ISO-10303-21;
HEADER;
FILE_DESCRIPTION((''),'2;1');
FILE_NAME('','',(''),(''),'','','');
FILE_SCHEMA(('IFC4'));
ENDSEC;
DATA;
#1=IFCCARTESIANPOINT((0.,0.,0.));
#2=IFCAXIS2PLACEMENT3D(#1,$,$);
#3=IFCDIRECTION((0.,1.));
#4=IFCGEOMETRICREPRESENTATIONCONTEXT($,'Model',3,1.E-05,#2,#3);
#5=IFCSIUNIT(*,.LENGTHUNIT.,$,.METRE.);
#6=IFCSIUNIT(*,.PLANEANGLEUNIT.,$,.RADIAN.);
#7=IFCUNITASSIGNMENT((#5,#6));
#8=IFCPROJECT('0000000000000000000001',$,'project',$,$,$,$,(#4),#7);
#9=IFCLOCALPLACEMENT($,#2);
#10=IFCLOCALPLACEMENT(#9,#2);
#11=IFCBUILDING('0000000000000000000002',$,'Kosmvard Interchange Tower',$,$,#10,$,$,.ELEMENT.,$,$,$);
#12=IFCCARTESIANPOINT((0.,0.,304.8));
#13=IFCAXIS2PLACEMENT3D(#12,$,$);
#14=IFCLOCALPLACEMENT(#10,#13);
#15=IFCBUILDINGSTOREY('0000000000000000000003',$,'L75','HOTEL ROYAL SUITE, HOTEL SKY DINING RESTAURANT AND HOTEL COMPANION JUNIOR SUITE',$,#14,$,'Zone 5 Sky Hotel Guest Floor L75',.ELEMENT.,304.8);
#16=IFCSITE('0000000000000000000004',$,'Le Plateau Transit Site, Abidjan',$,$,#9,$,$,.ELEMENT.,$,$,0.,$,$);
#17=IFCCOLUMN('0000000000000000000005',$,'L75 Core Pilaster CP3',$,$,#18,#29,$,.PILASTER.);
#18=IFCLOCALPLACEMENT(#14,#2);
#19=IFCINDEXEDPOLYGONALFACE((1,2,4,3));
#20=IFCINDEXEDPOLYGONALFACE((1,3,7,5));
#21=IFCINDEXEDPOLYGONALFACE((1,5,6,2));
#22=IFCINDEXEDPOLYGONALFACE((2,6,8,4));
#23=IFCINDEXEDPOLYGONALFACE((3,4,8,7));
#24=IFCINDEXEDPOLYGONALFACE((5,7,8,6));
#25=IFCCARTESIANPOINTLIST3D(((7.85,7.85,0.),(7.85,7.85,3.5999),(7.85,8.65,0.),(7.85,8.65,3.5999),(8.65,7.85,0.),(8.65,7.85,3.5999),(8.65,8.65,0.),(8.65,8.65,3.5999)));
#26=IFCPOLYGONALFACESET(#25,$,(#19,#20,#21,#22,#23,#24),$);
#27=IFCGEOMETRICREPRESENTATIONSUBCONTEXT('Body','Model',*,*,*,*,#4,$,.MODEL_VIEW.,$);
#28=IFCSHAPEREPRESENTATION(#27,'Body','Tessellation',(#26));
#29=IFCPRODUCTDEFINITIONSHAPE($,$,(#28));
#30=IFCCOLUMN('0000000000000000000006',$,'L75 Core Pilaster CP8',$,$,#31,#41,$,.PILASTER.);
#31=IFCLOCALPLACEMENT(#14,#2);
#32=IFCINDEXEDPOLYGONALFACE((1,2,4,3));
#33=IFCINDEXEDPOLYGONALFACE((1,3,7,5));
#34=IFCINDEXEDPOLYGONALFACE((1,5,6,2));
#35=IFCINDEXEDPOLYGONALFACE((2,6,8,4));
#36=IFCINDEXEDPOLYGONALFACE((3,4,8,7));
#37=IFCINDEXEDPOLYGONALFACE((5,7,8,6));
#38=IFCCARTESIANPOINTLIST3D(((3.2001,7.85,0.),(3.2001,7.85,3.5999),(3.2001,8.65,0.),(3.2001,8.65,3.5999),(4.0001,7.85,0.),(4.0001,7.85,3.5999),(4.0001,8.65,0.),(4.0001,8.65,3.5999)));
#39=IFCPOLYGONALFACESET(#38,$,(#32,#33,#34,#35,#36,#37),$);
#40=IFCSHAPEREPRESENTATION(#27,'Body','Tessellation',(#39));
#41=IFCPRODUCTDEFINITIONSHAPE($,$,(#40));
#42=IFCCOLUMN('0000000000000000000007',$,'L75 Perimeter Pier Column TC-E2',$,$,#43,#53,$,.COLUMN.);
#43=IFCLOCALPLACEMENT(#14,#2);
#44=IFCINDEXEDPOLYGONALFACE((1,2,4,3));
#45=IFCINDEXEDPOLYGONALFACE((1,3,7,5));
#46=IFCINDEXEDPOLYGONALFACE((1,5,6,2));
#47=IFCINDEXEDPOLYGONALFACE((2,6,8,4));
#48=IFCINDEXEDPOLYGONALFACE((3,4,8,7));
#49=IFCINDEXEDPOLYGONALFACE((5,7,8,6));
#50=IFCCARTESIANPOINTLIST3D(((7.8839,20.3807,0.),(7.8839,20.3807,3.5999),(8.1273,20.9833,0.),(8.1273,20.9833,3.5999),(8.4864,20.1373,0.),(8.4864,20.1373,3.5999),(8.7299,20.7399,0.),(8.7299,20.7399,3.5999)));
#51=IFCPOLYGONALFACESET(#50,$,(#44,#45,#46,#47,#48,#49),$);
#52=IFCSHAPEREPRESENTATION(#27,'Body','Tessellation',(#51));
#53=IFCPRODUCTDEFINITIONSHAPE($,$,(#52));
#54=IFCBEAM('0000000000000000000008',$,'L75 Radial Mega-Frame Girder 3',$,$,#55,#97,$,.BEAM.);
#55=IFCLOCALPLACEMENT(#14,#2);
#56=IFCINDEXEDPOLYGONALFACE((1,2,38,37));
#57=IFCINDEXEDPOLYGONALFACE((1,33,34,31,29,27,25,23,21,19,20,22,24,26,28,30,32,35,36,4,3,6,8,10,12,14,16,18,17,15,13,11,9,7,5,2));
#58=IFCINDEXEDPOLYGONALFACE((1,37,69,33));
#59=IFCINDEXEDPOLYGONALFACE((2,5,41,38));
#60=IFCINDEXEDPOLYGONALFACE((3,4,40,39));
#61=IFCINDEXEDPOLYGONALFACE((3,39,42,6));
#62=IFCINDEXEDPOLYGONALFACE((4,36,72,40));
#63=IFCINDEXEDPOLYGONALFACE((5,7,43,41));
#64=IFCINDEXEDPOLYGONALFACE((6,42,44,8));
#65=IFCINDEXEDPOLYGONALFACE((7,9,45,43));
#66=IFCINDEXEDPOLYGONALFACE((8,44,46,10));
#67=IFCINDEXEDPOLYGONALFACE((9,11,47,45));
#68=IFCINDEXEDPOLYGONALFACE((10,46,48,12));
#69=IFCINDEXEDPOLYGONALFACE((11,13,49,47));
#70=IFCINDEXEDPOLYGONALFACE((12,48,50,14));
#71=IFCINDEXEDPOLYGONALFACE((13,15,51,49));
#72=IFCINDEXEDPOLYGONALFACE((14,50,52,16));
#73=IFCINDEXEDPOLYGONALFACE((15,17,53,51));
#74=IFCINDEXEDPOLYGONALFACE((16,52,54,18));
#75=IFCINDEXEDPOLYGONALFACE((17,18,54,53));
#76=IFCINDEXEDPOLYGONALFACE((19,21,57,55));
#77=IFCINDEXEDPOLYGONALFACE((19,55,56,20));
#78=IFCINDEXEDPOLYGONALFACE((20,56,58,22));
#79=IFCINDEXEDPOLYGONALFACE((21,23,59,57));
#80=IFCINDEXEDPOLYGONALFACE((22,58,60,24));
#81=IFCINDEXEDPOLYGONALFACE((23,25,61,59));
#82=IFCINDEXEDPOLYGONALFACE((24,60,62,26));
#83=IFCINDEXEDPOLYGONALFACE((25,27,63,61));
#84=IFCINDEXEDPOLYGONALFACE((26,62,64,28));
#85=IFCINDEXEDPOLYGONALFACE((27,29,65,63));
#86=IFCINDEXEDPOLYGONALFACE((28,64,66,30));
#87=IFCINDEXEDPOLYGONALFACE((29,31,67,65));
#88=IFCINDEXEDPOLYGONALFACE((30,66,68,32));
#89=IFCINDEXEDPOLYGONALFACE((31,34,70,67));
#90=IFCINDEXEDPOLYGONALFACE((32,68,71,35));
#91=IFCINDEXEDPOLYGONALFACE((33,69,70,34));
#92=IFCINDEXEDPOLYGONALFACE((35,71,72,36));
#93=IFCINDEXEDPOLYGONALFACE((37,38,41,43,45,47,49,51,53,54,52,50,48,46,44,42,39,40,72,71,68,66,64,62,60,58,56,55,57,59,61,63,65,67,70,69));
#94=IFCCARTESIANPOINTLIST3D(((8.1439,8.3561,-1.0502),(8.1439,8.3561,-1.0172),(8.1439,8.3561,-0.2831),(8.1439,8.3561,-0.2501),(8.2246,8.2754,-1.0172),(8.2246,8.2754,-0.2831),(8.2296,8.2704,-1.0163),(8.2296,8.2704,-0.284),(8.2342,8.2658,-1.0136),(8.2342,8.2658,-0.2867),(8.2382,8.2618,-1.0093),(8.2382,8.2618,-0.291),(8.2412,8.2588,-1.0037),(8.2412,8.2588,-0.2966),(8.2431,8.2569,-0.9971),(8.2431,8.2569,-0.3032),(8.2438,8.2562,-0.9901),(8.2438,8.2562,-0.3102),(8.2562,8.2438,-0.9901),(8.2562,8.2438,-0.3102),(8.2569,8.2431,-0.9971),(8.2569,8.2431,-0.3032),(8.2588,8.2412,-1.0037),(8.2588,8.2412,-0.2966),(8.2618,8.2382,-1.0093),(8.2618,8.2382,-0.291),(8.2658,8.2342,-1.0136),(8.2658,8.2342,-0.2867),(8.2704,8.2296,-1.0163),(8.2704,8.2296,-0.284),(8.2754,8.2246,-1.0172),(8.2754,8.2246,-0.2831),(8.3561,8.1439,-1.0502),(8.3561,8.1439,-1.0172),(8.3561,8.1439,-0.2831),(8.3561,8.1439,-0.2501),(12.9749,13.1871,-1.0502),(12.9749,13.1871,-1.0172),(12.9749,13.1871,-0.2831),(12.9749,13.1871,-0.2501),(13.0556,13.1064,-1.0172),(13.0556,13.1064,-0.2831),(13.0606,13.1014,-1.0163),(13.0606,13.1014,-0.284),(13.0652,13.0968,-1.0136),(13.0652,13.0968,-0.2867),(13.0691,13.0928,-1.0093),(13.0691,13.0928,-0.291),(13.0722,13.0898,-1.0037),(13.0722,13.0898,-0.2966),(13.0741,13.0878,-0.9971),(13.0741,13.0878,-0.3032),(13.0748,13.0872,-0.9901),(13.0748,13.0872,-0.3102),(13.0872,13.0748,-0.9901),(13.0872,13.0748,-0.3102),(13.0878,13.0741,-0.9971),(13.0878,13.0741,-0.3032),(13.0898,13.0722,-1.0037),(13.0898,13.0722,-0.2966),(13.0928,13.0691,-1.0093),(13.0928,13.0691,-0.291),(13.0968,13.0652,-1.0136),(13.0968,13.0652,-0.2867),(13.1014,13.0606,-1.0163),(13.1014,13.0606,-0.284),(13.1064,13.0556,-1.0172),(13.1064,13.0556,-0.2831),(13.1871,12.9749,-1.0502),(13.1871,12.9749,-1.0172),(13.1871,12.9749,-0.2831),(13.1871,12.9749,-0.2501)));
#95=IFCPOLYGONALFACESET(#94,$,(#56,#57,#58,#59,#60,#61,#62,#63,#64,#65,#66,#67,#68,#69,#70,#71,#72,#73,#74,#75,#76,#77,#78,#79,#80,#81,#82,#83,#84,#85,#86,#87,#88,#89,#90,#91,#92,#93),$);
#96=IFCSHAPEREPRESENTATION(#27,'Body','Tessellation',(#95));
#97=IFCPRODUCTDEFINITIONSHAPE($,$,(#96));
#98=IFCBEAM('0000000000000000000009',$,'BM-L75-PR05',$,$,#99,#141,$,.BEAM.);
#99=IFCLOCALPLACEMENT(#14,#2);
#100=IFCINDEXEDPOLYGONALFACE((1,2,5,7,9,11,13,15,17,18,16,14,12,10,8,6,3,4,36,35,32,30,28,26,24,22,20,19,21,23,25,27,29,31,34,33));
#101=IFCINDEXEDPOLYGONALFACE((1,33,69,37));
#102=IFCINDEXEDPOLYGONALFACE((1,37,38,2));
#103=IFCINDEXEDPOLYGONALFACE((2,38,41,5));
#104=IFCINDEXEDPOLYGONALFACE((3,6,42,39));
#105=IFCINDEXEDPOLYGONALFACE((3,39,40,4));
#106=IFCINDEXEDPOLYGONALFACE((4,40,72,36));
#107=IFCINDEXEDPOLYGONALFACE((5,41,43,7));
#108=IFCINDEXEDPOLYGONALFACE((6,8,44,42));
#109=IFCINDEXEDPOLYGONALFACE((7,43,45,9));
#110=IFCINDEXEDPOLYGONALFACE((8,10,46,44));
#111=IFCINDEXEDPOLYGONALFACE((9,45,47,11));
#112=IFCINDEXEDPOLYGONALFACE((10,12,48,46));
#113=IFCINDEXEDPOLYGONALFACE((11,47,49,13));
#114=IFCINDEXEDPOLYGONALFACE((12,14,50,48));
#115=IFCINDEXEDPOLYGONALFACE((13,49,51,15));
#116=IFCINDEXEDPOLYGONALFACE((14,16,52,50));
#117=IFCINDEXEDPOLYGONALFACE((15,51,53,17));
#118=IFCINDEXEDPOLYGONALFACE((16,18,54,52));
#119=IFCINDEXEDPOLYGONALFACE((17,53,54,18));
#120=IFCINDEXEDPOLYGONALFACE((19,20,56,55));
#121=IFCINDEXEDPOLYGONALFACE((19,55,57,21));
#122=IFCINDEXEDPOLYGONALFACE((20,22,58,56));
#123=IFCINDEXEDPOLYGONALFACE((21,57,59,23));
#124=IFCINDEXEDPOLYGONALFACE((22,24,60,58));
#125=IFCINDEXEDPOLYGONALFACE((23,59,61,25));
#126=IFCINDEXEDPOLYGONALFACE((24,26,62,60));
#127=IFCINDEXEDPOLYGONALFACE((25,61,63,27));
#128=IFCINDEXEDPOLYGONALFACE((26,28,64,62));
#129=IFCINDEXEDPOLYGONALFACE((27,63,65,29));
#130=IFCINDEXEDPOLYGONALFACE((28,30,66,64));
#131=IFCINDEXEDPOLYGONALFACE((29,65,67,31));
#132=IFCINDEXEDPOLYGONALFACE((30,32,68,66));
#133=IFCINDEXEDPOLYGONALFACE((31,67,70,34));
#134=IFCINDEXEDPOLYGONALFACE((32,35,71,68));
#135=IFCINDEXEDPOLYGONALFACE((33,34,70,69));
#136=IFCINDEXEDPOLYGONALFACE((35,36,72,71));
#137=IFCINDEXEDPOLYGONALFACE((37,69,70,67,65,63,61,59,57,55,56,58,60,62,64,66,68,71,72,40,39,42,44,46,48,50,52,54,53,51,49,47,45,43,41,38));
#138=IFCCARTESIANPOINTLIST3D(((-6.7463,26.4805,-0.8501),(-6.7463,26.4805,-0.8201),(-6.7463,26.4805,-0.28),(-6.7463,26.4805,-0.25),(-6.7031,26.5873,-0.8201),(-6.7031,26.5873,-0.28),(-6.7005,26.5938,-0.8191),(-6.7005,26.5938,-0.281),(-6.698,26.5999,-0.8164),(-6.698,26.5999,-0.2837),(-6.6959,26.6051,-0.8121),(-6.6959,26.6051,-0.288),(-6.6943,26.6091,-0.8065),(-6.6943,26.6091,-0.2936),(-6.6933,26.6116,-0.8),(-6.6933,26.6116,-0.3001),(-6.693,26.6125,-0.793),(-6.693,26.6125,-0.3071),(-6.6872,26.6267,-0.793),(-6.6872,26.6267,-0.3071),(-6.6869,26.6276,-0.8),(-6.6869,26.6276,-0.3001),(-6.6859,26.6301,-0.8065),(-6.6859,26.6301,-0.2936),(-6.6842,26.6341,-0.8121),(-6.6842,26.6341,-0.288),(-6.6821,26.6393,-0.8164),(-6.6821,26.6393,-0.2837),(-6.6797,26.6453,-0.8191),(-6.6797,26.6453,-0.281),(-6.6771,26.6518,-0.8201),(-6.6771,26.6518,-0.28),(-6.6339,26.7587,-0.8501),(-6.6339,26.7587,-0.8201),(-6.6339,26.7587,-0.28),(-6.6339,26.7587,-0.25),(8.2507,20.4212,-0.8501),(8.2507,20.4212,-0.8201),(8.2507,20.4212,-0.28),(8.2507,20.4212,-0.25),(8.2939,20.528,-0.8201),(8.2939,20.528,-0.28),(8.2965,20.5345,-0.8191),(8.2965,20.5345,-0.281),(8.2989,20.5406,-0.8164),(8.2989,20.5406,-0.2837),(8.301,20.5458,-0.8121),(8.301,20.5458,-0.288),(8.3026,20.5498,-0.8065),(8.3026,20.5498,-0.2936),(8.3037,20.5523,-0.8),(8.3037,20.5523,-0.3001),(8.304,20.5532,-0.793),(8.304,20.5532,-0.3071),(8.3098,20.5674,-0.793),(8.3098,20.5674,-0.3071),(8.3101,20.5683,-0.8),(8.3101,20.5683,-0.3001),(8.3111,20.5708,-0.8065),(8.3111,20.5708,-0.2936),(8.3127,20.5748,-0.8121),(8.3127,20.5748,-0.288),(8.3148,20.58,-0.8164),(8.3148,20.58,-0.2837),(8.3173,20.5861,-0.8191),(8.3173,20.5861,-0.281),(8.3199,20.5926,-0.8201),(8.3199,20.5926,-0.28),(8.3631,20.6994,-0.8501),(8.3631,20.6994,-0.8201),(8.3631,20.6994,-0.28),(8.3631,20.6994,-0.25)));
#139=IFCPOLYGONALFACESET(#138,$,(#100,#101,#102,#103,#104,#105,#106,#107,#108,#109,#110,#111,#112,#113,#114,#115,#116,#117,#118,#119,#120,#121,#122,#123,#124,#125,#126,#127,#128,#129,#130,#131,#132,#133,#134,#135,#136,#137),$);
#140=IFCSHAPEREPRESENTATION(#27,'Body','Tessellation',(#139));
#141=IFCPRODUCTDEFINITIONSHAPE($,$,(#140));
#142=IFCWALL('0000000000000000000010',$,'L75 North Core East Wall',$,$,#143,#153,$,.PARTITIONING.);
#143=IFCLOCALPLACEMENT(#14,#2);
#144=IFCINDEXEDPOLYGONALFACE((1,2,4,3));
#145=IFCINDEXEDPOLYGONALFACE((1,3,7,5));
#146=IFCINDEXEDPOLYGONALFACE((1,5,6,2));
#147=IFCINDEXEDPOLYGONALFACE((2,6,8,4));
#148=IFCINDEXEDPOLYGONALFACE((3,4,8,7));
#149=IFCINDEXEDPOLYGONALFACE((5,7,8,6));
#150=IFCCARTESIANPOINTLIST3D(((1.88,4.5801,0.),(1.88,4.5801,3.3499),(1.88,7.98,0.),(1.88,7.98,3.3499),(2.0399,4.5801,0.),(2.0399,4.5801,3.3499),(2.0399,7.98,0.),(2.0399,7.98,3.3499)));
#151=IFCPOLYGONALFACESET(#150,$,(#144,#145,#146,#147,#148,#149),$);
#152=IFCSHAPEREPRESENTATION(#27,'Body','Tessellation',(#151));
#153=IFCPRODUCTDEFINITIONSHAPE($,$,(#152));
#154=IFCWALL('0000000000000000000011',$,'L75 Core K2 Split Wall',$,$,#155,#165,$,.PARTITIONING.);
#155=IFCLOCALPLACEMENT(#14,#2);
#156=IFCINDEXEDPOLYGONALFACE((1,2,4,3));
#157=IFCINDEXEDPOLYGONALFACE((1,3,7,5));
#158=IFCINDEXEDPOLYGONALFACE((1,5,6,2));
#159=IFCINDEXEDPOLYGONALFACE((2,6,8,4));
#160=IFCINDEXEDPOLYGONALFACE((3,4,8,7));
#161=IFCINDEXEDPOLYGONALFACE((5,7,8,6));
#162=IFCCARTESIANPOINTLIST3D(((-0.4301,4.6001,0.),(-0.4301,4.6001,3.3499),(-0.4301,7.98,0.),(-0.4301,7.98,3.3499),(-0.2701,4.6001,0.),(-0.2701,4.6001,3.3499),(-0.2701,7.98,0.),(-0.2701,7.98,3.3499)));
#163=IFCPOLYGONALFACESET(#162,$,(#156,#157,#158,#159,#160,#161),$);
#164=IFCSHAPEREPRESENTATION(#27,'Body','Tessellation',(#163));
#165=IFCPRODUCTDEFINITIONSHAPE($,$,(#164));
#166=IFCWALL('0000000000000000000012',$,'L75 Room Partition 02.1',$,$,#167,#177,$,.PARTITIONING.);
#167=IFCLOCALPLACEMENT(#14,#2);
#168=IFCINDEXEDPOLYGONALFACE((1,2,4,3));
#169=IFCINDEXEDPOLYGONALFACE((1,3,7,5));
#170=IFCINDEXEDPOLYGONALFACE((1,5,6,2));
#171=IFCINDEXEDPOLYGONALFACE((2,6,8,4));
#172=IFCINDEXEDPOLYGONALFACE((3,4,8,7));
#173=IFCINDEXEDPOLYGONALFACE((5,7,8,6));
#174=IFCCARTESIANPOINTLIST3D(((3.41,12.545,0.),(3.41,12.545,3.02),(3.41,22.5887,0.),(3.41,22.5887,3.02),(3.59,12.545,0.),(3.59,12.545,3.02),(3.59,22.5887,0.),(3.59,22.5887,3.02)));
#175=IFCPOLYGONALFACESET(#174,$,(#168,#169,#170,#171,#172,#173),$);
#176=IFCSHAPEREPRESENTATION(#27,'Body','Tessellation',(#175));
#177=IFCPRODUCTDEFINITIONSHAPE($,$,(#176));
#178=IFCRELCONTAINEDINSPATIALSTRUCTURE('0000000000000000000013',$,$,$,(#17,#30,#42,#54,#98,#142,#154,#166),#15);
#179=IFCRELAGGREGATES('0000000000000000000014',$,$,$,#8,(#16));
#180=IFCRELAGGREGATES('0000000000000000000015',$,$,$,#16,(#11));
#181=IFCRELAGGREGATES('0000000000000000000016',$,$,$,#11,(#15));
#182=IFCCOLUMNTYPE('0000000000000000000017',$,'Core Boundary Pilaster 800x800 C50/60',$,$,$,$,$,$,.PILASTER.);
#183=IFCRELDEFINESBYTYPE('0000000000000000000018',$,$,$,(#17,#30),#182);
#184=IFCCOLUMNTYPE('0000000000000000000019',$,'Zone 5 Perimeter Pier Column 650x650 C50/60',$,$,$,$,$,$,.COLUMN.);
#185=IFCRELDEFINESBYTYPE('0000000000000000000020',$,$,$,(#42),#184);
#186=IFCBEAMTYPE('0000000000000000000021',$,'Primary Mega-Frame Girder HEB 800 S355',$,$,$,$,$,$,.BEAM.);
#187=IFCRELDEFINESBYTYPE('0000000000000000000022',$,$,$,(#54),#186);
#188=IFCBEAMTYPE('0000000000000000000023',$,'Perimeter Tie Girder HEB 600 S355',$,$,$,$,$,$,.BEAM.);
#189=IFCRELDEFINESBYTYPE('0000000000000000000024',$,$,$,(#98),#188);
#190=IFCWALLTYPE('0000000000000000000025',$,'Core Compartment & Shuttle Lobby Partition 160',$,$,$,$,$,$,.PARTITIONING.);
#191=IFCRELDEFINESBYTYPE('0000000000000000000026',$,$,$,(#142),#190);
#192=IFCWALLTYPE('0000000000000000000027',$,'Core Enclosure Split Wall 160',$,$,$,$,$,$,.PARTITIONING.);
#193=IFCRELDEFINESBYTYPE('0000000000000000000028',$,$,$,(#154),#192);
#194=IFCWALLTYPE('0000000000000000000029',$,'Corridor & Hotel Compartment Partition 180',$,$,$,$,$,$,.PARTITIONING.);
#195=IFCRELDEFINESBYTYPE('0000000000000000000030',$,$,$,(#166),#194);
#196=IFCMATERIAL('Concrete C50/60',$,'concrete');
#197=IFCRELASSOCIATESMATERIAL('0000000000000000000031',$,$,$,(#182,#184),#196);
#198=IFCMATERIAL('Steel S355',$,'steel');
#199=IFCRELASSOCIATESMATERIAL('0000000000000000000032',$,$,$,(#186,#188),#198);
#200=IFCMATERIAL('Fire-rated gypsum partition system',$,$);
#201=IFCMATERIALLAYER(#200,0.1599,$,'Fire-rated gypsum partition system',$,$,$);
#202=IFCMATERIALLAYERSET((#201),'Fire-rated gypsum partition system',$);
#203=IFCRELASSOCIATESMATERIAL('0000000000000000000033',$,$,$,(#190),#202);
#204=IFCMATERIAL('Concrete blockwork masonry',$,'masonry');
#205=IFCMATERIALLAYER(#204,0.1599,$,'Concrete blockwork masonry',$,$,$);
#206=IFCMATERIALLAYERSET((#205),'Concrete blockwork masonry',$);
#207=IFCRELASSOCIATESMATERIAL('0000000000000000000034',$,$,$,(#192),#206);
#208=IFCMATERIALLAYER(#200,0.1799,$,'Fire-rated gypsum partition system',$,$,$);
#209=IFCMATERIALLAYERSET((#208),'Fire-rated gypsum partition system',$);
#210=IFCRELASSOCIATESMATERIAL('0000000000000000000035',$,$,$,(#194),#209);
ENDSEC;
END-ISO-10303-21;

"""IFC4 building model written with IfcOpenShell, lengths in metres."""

from ifc_helpers import new_model, si_unit, direction, frame, frame_2d, origin, origin_2d, place, context, subcontext, project, spatial, rectangle, i_section, extrude, source, transform, mapped, material, layer, layer_set, material_profile, profile_set, type_object, element, save


model = new_model("IFC4")

# Units and contexts
model_context = context("Model", 3, precision=1e-05, world=origin(), true_north=direction((0.0, 1.0)))
body_context = subcontext(model_context, "Body", "Model", "MODEL_VIEW")
ifc_project = project(units=[si_unit("LENGTHUNIT", "METRE"), si_unit("PLANEANGLEUNIT", "RADIAN")], contexts=[model_context])

# Site, building, storey
site_placement = place(None, origin())
site = spatial("IfcSite", under=ifc_project, at=site_placement, Name="Le Plateau Transit Site, Abidjan", CompositionType="ELEMENT", RefElevation=0.0)
building_placement = place(site_placement, origin())
building = spatial("IfcBuilding", under=site, at=building_placement, Name="Kosmvard Interchange Tower", CompositionType="ELEMENT")
storey_placement = place(building_placement, frame((0.0, 0.0, 304.8)))
storey = spatial("IfcBuildingStorey", under=building, at=storey_placement, Name="L75", Description="HOTEL ROYAL SUITE, HOTEL SKY DINING RESTAURANT AND HOTEL COMPANION JUNIOR SUITE", LongName="Zone 5 Sky Hotel Guest Floor L75", CompositionType="ELEMENT", Elevation=304.8)

# Columns
ifc_material_1 = material(Name="Concrete C50/60", Category="concrete")
ifc_material_profile_1 = material_profile(ifc_material_1, rectangle(XDim=0.8, YDim=0.8, at=origin_2d()), Name="CP 800x800")
ifc_profile_set_1 = profile_set([ifc_material_profile_1], Name="Concrete C50/60")
column_type_1 = type_object("IfcColumnType", Name="Core Boundary Pilaster 800x800 C50/60", PredefinedType="PILASTER", material=ifc_profile_set_1)
shared_shape_1 = source(origin(), body_context, "Body", "SweptSolid", [
    extrude(rectangle(XDim=0.8, YDim=0.8, at=origin_2d()), origin(), (0.0, 0.0, 1.0), 3.5999),
])
for number, where, z_axis, x_axis, name in (
    (1, (8.25, 8.25, 0.0), (0.0, 0.0, 1.0), (1.0, 0.0, 0.0), "L75 Core Pilaster CP3"),
    (2, (3.6001, 8.25, 0.0), (0.0, 0.0, 1.0), (1.0, 0.0, 0.0), "L75 Core Pilaster CP8"),
):
    element("IfcColumn", number, at=place(storey_placement, frame(where, z_axis=z_axis, x_axis=x_axis)), inside=storey, type_object=column_type_1, Name=name, PredefinedType="PILASTER", context=body_context, shape_type="MappedRepresentation", body=[
        mapped(shared_shape_1, transform((0.0, 0.0, 0.0), scale=1.0)),
    ])
ifc_material_profile_2 = material_profile(ifc_material_1, rectangle(XDim=0.6499, YDim=0.6499, at=origin_2d()), Name="TC 650x650")
ifc_profile_set_2 = profile_set([ifc_material_profile_2], Name="Concrete C50/60")
column_type_2 = type_object("IfcColumnType", Name="Zone 5 Perimeter Pier Column 650x650 C50/60", PredefinedType="COLUMN", material=ifc_profile_set_2)
shared_shape_2 = source(origin(), body_context, "Body", "SweptSolid", [
    extrude(rectangle(XDim=0.6499, YDim=0.6499, at=origin_2d()), origin(), (0.0, 0.0, 1.0), 3.5999),
])
column_placement = place(storey_placement, frame((8.3069, 20.5603, 0.0), z_axis=(0.0, 0.0, 1.0), x_axis=(0.374607, 0.927184, 0.0)))
element("IfcColumn", 3, at=column_placement, inside=storey, type_object=column_type_2, Name="L75 Perimeter Pier Column TC-E2", PredefinedType="COLUMN", context=body_context, shape_type="MappedRepresentation", body=[
    mapped(shared_shape_2, transform((0.0, 0.0, 0.0), scale=1.0)),
])

# Beams
ifc_material_2 = material(Name="Steel S355", Category="steel")
ifc_material_profile_3 = material_profile(ifc_material_2, i_section(OverallWidth=0.3, OverallDepth=0.8, WebThickness=0.0176, FlangeThickness=0.033, FilletRadius=0.0271, at=origin_2d()), Name="HEB 800")
ifc_profile_set_3 = profile_set([ifc_material_profile_3], Name="Steel S355")
beam_type_1 = type_object("IfcBeamType", Name="Primary Mega-Frame Girder HEB 800 S355", PredefinedType="BEAM", material=ifc_profile_set_3)
shared_shape_3 = source(origin(), body_context, "Body", "SweptSolid", [
    extrude(i_section(OverallWidth=0.3, OverallDepth=0.8, WebThickness=0.0176, FlangeThickness=0.033, FilletRadius=0.0271, at=origin_2d()), origin(), (0.0, 0.0, 1.0), 6.832),
])
beam_1_placement = place(storey_placement, frame((8.25, 8.25, -0.6501), z_axis=(0.707107, 0.707107, 0.0), x_axis=(-0.707107, 0.707107, 0.0)))
element("IfcBeam", 4, at=beam_1_placement, inside=storey, type_object=beam_type_1, Name="L75 Radial Mega-Frame Girder 3", PredefinedType="BEAM", context=body_context, shape_type="MappedRepresentation", body=[
    mapped(shared_shape_3, transform((0.0, 0.0, 0.0), scale=1.0)),
])
ifc_material_profile_4 = material_profile(ifc_material_2, i_section(OverallWidth=0.3, OverallDepth=0.6001, WebThickness=0.0154, FlangeThickness=0.03, FilletRadius=0.0271, at=origin_2d()), Name="HEB 600")
ifc_profile_set_4 = profile_set([ifc_material_profile_4], Name="Steel S355")
beam_type_2 = type_object("IfcBeamType", Name="Perimeter Tie Girder HEB 600 S355", PredefinedType="BEAM", material=ifc_profile_set_4)
shared_shape_4 = source(origin(), body_context, "Body", "SweptSolid", [
    extrude(i_section(OverallWidth=0.3, OverallDepth=0.6001, WebThickness=0.0154, FlangeThickness=0.03, FilletRadius=0.0271, at=origin_2d()), origin(), (0.0, 0.0, 1.0), 16.1748),
])
beam_2_placement = place(storey_placement, frame((8.3069, 20.5603, -0.55), z_axis=(-0.927181, 0.374613, 0.0), x_axis=(-0.374613, -0.927181, 0.0)))
element("IfcBeam", 5, at=beam_2_placement, inside=storey, type_object=beam_type_2, Name="BM-L75-PR05", PredefinedType="BEAM", context=body_context, shape_type="MappedRepresentation", body=[
    mapped(shared_shape_4, transform((0.0, 0.0, 0.0), scale=1.0)),
])

# Walls
ifc_material_3 = material(Name="Fire-rated gypsum partition system")
ifc_layer_1 = layer(ifc_material_3, 0.1599, Name="Fire-rated gypsum partition system")
ifc_layer_set_1 = layer_set([ifc_layer_1], Name="Fire-rated gypsum partition system")
wall_type_1 = type_object("IfcWallType", Name="Core Compartment & Shuttle Lobby Partition 160", PredefinedType="PARTITIONING", material=ifc_layer_set_1)
wall_1_placement = place(storey_placement, frame((1.96, 4.5801, 0.0), z_axis=(0.0, 0.0, 1.0), x_axis=(0.0, 1.0, 0.0)))
element("IfcWall", 6, at=wall_1_placement, inside=storey, type_object=wall_type_1, Name="L75 North Core East Wall", PredefinedType="PARTITIONING", context=body_context, shape_type="SweptSolid", body=[
    extrude(rectangle(XDim=3.3999, YDim=0.1599, at=frame_2d((1.7, 0.0))), origin(), (0.0, 0.0, 1.0), 3.3499),
])
ifc_material_4 = material(Name="Concrete blockwork masonry", Category="masonry")
ifc_layer_2 = layer(ifc_material_4, 0.1599, Name="Concrete blockwork masonry")
ifc_layer_set_2 = layer_set([ifc_layer_2], Name="Concrete blockwork masonry")
wall_type_2 = type_object("IfcWallType", Name="Core Enclosure Split Wall 160", PredefinedType="PARTITIONING", material=ifc_layer_set_2)
wall_2_placement = place(storey_placement, frame((-0.3501, 4.6001, 0.0), z_axis=(0.0, 0.0, 1.0), x_axis=(0.0, 1.0, 0.0)))
element("IfcWall", 7, at=wall_2_placement, inside=storey, type_object=wall_type_2, Name="L75 Core K2 Split Wall", PredefinedType="PARTITIONING", context=body_context, shape_type="SweptSolid", body=[
    extrude(rectangle(XDim=3.3799, YDim=0.1599, at=frame_2d((1.6899, 0.0))), origin(), (0.0, 0.0, 1.0), 3.3499),
])
ifc_layer_3 = layer(ifc_material_3, 0.1799, Name="Fire-rated gypsum partition system")
ifc_layer_set_3 = layer_set([ifc_layer_3], Name="Fire-rated gypsum partition system")
wall_type_3 = type_object("IfcWallType", Name="Corridor & Hotel Compartment Partition 180", PredefinedType="PARTITIONING", material=ifc_layer_set_3)
wall_3_placement = place(storey_placement, frame((3.5, 12.5449, 0.0), z_axis=(0.0, 0.0, 1.0), x_axis=(0.0, 1.0, 0.0)))
element("IfcWall", 8, at=wall_3_placement, inside=storey, type_object=wall_type_3, Name="L75 Room Partition 02.1", PredefinedType="PARTITIONING", context=body_context, shape_type="SweptSolid", body=[
    extrude(rectangle(XDim=10.0437, YDim=0.1799, at=frame_2d((5.022, 0.0))), origin(), (0.0, 0.0, 1.0), 3.02),
])

save(model, "model.ifc")
